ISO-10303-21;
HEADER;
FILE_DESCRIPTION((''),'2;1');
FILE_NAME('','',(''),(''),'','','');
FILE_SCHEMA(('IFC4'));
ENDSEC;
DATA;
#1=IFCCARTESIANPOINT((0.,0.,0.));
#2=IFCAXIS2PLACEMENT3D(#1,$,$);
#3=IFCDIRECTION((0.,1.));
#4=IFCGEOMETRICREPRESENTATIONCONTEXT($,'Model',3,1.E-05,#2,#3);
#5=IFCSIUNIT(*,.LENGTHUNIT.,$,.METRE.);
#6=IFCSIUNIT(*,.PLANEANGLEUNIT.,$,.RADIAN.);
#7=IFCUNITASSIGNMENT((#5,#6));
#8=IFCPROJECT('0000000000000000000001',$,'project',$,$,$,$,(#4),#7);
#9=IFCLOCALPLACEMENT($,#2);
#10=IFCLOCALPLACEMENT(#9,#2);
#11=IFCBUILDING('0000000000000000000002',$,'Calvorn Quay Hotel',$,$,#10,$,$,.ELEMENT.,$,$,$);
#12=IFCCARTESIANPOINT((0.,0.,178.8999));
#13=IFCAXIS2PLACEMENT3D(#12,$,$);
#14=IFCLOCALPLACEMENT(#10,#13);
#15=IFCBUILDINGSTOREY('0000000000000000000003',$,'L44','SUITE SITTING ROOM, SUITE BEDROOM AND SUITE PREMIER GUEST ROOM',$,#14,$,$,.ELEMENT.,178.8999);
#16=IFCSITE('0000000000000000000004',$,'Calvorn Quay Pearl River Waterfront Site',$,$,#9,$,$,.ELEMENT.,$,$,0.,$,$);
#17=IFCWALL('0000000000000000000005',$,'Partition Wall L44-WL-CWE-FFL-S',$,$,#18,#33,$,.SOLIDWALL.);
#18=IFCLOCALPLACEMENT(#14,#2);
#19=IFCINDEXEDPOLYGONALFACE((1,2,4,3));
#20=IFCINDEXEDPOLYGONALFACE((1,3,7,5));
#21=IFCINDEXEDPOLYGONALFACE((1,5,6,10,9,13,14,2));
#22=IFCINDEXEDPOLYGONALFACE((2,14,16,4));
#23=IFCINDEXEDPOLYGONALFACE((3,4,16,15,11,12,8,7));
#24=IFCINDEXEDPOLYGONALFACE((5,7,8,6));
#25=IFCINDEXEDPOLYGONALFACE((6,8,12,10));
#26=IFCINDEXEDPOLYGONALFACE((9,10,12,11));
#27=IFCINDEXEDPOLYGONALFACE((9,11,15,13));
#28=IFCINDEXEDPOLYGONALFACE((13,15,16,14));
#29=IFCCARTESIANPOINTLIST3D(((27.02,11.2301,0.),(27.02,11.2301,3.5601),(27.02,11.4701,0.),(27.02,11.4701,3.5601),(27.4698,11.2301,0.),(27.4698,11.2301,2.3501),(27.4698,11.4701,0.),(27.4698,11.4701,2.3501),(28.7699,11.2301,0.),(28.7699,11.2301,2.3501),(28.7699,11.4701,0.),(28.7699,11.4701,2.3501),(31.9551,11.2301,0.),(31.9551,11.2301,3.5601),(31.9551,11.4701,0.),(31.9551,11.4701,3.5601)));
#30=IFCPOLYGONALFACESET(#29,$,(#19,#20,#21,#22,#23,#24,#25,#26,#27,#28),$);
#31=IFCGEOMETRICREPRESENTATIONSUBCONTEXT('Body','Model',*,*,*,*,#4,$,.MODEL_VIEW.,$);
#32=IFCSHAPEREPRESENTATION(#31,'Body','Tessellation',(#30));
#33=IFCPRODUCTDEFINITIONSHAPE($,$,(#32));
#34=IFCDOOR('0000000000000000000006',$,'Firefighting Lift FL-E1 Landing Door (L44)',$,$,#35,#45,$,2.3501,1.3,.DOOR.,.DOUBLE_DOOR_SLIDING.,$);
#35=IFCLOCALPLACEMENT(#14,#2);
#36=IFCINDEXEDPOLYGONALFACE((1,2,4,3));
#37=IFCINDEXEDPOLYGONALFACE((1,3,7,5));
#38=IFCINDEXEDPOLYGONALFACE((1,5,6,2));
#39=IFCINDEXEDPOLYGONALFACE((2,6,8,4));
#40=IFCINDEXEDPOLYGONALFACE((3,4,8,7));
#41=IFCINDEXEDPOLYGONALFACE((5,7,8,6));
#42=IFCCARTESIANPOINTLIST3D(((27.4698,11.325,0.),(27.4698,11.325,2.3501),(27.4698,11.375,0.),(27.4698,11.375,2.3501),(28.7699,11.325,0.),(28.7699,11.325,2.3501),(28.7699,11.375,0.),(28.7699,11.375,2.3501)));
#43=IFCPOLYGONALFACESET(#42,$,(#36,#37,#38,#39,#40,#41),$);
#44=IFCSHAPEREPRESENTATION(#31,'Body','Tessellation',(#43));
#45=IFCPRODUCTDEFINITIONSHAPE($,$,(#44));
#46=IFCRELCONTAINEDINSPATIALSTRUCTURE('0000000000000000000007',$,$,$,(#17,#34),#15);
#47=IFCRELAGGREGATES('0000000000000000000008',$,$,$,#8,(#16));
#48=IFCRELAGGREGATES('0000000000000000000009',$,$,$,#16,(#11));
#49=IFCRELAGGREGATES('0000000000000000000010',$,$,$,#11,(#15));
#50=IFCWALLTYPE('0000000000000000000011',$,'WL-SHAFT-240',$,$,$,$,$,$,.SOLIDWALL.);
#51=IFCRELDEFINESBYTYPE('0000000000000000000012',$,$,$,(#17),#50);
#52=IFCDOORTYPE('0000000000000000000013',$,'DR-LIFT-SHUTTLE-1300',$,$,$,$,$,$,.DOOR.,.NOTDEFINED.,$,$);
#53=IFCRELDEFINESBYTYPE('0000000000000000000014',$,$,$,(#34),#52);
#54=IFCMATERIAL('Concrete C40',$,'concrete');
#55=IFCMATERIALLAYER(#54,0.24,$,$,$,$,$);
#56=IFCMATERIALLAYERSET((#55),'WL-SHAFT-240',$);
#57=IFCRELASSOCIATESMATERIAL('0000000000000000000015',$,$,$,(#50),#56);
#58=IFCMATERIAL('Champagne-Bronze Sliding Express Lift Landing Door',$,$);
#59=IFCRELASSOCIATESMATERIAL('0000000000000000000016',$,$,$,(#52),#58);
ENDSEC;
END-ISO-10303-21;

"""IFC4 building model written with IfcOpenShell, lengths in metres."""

from ifc_helpers import new_model, si_unit, direction, frame, frame_2d, origin, place, context, subcontext, project, spatial, rectangle, extrude, material, layer, layer_set, type_object, element, fill, save


model = new_model("IFC4")

# Units and contexts
model_context = context("Model", 3, precision=1e-05, world=origin(), true_north=direction((0.0, 1.0)))
body_context = subcontext(model_context, "Body", "Model", "MODEL_VIEW")
ifc_project = project(units=[si_unit("LENGTHUNIT", "METRE"), si_unit("PLANEANGLEUNIT", "RADIAN")], contexts=[model_context])

# Site, building, storey
site_placement = place(None, origin())
site = spatial("IfcSite", under=ifc_project, at=site_placement, Name="Calvorn Quay Pearl River Waterfront Site", CompositionType="ELEMENT", RefElevation=0.0)
building_placement = place(site_placement, origin())
building = spatial("IfcBuilding", under=site, at=building_placement, Name="Calvorn Quay Hotel", CompositionType="ELEMENT")
storey_placement = place(building_placement, frame((0.0, 0.0, 178.8999)))
storey = spatial("IfcBuildingStorey", under=building, at=storey_placement, Name="L44", Description="SUITE SITTING ROOM, SUITE BEDROOM AND SUITE PREMIER GUEST ROOM", CompositionType="ELEMENT", Elevation=178.8999)

# Shared definitions
ifc_material_1 = material(Name="Concrete C40", Category="concrete")
ifc_layer_1 = layer(ifc_material_1, 0.24)
ifc_layer_set_1 = layer_set([ifc_layer_1], Name="WL-SHAFT-240")
wall_type_1 = type_object("IfcWallType", Name="WL-SHAFT-240", PredefinedType="SOLIDWALL", material=ifc_layer_set_1)

# Wall, opening, door
wall_1_placement = place(storey_placement, frame((27.02, 11.3501, 0.0), z_axis=(0.0, 0.0, 1.0), x_axis=(1.0, 0.0, 0.0)))
wall_1 = element("IfcWall", 1, at=wall_1_placement, inside=storey, type_object=wall_type_1, Name="Partition Wall L44-WL-CWE-FFL-S", PredefinedType="SOLIDWALL", context=body_context, shape_type="SweptSolid", body=[
    extrude(rectangle(XDim=4.9351, YDim=0.24, at=frame_2d((2.4675, 0.0))), origin(), (0.0, 0.0, 1.0), 3.5601),
])
opening_1_placement = place(wall_1_placement, frame((0.45, 0.0, 0.0)))
opening_1 = element("IfcOpeningElement", 2, at=opening_1_placement, cuts=wall_1, PredefinedType="OPENING", context=body_context, shape_type="SweptSolid", body=[
    extrude(rectangle(XDim=1.3, YDim=2.3501, at=frame_2d((0.6499, 1.175))), frame((0.0, 0.1299, 0.0), z_axis=(0.0, -1.0, 0.0), x_axis=(1.0, 0.0, 0.0)), (0.0, 0.0, 1.0), 0.26),
])
ifc_material_2 = material(Name="Champagne-Bronze Sliding Express Lift Landing Door")
door_type_1 = type_object("IfcDoorType", Name="DR-LIFT-SHUTTLE-1300", OperationType="NOTDEFINED", PredefinedType="DOOR", material=ifc_material_2)
door_1_placement = place(opening_1_placement, origin())
door_1 = element("IfcDoor", 3, at=door_1_placement, inside=storey, type_object=door_type_1, Name="Firefighting Lift FL-E1 Landing Door (L44)", OperationType="DOUBLE_DOOR_SLIDING", OverallHeight=2.3501, OverallWidth=1.3, PredefinedType="DOOR", context=body_context, shape_type="SweptSolid", body=[
    extrude(rectangle(XDim=1.3, YDim=2.3501, at=frame_2d((0.6499, 1.175))), frame((0.0, 0.0249, 0.0), z_axis=(0.0, -1.0, 0.0), x_axis=(1.0, 0.0, 0.0)), (0.0, 0.0, 1.0), 0.05),
])
fill(opening_1, door_1)

save(model, "model.ifc")
